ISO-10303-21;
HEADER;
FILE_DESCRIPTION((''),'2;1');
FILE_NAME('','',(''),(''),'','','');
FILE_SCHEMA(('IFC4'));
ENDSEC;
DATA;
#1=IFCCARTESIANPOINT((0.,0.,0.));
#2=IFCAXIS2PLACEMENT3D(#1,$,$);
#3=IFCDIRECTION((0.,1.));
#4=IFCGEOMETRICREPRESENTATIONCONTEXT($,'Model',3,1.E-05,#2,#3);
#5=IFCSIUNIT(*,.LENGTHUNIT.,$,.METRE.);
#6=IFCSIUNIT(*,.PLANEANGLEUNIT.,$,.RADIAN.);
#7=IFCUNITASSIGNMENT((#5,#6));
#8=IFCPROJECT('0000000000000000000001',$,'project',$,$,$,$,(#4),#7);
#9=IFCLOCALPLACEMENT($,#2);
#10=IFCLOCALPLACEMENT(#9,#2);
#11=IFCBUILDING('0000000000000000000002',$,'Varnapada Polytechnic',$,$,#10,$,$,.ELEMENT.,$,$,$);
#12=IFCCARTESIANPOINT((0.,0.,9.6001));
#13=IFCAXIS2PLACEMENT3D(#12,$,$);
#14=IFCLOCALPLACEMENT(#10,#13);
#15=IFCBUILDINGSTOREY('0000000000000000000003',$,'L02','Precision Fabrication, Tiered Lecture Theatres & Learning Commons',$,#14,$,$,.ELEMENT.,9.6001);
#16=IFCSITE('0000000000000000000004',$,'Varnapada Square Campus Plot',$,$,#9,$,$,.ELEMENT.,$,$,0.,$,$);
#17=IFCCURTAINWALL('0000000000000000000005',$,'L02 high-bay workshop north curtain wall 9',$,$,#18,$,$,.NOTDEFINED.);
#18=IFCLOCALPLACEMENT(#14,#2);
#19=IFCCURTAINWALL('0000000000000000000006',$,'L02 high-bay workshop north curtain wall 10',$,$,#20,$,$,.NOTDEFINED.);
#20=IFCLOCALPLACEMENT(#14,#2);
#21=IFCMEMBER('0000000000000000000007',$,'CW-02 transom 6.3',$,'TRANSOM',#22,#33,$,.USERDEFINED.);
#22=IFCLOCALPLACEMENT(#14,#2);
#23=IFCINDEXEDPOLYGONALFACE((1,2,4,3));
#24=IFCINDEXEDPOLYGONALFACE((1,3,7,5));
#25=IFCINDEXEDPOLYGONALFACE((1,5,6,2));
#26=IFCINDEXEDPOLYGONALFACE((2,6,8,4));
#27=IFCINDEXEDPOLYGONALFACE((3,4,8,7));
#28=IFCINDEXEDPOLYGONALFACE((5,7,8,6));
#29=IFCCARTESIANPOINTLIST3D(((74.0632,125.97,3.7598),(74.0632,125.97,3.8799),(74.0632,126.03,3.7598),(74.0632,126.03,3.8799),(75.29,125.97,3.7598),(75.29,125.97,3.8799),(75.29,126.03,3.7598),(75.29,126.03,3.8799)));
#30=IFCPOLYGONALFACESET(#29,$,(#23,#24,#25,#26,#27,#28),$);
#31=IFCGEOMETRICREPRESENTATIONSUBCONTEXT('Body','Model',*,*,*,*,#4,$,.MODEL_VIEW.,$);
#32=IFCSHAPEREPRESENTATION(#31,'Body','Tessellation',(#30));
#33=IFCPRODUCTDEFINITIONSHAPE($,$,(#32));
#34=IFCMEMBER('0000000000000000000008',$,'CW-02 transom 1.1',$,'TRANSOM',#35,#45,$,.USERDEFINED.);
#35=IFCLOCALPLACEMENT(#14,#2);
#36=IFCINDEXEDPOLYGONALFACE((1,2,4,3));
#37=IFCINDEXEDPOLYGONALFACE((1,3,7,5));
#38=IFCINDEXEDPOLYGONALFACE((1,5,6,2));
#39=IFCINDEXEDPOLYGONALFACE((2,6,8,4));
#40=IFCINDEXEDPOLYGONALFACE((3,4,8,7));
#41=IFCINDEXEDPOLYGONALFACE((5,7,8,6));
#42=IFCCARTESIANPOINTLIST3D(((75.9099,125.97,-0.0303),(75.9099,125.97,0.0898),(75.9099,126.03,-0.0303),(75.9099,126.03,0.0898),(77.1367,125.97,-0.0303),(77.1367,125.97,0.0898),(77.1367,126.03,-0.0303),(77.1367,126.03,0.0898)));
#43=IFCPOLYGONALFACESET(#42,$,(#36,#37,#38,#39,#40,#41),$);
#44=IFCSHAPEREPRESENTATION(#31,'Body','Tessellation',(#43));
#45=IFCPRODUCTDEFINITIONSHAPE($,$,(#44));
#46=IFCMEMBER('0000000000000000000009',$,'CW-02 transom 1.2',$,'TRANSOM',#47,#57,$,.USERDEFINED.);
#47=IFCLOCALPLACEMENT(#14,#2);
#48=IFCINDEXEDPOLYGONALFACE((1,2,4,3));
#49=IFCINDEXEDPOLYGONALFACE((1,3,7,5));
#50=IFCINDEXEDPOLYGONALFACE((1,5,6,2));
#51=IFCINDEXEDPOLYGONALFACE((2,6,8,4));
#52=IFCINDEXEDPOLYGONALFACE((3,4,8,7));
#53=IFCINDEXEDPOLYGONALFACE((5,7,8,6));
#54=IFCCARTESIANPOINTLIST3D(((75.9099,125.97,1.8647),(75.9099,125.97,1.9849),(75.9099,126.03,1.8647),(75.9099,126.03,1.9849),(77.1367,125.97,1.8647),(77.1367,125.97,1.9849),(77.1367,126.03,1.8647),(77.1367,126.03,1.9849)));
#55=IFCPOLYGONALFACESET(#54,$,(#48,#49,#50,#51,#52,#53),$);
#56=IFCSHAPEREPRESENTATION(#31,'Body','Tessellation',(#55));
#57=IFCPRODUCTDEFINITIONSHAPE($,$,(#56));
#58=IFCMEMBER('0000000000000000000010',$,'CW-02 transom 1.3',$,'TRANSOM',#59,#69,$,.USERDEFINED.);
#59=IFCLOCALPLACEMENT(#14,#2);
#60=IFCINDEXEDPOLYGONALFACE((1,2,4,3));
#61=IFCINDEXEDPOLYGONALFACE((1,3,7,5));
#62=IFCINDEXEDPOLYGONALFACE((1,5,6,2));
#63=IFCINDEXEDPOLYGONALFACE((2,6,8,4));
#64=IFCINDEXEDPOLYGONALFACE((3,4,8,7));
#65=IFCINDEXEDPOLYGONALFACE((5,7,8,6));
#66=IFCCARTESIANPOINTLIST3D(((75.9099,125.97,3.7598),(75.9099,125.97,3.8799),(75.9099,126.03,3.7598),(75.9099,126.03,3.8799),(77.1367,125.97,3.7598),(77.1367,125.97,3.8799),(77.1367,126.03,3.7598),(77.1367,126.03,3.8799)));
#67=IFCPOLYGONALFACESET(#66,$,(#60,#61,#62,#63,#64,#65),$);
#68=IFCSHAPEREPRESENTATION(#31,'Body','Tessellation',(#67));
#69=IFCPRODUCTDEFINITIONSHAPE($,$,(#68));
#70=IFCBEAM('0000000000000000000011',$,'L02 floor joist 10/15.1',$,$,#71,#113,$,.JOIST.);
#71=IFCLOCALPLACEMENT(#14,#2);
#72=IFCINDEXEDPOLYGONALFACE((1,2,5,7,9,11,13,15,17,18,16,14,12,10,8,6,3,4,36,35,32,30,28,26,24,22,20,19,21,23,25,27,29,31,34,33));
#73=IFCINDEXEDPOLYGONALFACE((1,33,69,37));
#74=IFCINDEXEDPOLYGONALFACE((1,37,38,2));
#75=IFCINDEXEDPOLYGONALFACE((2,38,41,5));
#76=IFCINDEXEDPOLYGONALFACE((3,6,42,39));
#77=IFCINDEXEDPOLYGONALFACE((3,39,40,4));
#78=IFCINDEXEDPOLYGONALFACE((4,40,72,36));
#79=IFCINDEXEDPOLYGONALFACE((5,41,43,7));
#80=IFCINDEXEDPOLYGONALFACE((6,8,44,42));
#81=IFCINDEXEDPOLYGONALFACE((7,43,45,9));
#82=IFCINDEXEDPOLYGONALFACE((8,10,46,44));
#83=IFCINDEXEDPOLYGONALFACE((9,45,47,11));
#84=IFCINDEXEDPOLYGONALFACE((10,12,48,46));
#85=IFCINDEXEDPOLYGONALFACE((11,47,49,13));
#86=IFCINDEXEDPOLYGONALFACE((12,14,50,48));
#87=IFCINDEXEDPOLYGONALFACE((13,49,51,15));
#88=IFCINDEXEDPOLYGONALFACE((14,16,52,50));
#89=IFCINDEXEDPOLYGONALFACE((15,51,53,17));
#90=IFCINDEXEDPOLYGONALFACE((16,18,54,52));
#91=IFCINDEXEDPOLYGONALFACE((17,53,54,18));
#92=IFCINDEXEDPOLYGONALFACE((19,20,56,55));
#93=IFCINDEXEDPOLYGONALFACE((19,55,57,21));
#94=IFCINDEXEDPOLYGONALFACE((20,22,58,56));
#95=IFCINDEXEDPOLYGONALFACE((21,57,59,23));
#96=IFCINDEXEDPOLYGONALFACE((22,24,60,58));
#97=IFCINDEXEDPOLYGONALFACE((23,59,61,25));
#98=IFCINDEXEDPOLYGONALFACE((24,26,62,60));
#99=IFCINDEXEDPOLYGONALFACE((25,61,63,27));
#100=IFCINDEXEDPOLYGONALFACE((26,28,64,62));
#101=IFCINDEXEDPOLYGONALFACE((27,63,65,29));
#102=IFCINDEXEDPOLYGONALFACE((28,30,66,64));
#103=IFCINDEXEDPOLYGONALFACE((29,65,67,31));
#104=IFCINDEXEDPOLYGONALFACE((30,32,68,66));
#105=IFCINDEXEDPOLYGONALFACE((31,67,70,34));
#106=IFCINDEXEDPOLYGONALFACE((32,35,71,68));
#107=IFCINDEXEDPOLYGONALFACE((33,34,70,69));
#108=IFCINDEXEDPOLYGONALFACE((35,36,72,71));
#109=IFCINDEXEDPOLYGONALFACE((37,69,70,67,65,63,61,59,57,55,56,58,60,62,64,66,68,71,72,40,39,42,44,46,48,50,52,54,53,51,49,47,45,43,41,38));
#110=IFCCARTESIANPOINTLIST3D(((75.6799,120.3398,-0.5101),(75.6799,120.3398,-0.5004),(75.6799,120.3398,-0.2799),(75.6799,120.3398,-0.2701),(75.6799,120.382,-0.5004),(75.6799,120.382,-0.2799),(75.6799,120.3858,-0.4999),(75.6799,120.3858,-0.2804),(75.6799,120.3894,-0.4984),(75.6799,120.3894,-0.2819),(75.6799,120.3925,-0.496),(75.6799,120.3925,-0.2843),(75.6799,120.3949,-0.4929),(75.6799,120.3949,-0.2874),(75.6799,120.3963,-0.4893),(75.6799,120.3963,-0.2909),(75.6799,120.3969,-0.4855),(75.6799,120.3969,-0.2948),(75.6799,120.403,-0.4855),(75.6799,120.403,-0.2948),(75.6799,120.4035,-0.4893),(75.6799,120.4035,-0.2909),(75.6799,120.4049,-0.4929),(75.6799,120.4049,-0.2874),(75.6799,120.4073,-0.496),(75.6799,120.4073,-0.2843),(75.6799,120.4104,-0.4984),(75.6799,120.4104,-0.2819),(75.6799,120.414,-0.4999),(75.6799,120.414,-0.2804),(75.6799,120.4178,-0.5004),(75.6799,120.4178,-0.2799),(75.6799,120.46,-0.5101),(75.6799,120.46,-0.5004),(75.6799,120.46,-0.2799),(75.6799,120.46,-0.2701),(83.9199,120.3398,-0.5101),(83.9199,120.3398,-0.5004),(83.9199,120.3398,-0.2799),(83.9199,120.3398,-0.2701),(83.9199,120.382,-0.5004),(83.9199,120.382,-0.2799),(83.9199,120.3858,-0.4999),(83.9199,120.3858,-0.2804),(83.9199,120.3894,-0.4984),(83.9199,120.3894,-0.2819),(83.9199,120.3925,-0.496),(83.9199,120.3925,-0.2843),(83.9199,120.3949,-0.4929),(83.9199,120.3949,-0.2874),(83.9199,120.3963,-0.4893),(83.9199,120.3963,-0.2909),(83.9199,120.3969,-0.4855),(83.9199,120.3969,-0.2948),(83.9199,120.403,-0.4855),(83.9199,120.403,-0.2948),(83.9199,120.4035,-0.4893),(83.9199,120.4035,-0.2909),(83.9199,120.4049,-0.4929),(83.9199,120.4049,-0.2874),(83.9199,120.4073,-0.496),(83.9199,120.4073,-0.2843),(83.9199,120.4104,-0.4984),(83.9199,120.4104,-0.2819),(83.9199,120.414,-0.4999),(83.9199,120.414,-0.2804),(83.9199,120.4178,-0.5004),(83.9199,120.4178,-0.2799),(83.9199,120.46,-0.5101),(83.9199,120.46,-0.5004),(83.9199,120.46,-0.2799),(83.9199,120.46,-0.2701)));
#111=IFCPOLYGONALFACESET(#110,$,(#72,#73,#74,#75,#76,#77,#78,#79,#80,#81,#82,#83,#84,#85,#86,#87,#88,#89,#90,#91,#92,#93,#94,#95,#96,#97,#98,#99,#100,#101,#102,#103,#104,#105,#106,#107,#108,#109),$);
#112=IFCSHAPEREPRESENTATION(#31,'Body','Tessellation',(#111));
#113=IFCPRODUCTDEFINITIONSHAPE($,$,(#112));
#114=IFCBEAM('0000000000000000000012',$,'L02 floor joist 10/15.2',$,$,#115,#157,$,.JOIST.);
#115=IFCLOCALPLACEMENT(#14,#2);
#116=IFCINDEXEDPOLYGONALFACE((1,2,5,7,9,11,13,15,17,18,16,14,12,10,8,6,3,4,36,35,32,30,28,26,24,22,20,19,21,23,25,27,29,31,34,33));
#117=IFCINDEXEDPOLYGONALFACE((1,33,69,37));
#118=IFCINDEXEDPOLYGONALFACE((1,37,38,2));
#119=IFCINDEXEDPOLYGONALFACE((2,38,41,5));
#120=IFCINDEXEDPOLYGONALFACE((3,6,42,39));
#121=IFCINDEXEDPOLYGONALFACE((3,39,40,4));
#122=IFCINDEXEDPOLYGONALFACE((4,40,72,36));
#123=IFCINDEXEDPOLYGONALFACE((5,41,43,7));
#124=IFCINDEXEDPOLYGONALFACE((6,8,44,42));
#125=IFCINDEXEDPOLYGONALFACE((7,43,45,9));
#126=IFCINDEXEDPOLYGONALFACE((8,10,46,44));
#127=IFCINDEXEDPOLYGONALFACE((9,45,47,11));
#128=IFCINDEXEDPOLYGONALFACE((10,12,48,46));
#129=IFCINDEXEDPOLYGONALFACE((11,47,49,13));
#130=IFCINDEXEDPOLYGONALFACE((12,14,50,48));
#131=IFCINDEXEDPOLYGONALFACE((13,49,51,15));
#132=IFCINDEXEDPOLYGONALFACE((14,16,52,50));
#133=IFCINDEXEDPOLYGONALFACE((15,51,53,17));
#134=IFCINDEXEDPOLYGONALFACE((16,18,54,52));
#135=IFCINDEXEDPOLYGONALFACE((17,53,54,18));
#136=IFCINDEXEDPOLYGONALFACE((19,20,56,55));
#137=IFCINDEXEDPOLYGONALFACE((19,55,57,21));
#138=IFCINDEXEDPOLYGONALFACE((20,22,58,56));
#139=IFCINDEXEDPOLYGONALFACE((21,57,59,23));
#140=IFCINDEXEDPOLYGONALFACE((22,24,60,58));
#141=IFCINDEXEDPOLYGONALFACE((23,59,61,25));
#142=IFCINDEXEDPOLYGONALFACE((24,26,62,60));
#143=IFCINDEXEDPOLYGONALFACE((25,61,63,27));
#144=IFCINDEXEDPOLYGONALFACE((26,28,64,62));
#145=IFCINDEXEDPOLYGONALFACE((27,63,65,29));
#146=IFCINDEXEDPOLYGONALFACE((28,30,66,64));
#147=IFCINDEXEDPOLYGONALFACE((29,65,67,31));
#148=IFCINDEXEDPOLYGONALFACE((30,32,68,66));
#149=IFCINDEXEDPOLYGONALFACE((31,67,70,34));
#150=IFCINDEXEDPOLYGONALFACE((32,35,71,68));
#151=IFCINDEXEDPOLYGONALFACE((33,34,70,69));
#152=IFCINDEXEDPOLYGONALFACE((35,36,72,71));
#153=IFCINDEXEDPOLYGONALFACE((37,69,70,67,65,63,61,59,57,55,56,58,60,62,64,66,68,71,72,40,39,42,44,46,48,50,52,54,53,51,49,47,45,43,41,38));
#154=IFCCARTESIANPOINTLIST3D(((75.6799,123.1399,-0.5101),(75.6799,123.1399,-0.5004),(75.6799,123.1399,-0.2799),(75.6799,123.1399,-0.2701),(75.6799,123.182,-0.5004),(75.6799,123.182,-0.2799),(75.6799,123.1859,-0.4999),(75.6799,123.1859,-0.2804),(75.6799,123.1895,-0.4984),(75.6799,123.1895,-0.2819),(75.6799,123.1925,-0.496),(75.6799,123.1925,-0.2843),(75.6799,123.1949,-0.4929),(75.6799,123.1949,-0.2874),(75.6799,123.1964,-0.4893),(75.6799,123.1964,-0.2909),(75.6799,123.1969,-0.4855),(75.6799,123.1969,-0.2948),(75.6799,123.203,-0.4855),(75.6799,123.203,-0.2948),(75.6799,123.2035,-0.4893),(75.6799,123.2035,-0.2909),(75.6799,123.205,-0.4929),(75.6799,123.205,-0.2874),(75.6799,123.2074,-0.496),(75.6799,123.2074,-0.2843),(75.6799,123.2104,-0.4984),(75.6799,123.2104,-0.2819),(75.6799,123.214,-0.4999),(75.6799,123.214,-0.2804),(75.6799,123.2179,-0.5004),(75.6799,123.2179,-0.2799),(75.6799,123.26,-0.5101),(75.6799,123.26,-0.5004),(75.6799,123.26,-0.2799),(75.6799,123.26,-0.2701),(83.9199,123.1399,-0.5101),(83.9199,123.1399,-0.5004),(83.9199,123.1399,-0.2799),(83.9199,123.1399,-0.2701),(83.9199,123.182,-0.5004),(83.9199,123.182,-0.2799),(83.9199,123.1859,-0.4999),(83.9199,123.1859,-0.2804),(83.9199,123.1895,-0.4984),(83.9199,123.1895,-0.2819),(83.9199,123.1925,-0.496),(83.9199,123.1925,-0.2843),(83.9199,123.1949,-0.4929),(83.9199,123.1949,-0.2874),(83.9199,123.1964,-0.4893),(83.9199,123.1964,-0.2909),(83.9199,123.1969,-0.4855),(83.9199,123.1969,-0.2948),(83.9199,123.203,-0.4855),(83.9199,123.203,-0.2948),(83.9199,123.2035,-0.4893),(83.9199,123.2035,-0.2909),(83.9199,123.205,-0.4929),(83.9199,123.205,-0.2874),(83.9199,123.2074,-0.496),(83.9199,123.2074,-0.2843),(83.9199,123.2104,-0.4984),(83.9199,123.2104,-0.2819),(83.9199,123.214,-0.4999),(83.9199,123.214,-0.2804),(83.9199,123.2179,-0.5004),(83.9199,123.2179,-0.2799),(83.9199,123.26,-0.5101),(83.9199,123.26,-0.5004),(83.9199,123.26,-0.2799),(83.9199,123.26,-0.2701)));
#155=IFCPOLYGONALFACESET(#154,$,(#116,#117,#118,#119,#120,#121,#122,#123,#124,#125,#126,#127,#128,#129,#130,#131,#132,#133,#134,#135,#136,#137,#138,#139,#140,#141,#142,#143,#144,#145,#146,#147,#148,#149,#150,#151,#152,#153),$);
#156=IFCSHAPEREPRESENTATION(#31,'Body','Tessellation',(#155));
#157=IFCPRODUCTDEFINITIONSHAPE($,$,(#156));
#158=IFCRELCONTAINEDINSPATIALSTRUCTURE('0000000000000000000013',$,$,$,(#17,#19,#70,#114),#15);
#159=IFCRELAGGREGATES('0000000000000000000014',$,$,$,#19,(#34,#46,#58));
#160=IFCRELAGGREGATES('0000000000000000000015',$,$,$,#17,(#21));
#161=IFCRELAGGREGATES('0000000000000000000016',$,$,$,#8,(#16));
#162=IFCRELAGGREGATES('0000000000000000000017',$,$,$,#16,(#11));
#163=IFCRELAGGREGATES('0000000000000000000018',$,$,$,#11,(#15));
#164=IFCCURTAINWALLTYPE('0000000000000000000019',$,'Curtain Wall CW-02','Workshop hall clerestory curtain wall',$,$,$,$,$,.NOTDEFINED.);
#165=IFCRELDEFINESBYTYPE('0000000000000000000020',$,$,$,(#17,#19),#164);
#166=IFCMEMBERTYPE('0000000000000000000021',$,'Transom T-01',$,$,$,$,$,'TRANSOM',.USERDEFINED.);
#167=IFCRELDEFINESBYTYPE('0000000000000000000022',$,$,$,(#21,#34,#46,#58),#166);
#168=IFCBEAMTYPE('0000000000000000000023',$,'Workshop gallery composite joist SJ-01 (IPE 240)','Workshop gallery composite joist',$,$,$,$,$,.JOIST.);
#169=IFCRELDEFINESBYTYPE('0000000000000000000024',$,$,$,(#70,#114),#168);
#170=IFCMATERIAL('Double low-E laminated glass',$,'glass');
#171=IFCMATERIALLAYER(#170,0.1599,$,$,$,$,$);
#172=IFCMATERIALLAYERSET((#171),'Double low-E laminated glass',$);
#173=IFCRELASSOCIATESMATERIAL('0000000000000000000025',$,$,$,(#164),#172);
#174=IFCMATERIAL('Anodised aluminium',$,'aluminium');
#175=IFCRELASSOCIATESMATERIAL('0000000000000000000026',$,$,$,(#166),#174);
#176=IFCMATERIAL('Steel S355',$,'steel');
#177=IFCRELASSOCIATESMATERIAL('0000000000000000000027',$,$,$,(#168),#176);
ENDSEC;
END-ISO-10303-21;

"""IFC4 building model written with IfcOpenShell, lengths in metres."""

from ifc_helpers import new_model, si_unit, direction, frame, origin, origin_2d, place, context, subcontext, project, spatial, rectangle, i_section, extrude, material, layer, layer_set, material_profile, profile_set, type_object, element, aggregate, save


model = new_model("IFC4")

# Units and contexts
model_context = context("Model", 3, precision=1e-05, world=origin(), true_north=direction((0.0, 1.0)))
body_context = subcontext(model_context, "Body", "Model", "MODEL_VIEW")
ifc_project = project(units=[si_unit("LENGTHUNIT", "METRE"), si_unit("PLANEANGLEUNIT", "RADIAN")], contexts=[model_context])

# Site, building, storey
site_placement = place(None, origin())
site = spatial("IfcSite", under=ifc_project, at=site_placement, Name="Varnapada Square Campus Plot", CompositionType="ELEMENT", RefElevation=0.0)
building_placement = place(site_placement, origin())
building = spatial("IfcBuilding", under=site, at=building_placement, Name="Varnapada Polytechnic", CompositionType="ELEMENT")
storey_placement = place(building_placement, frame((0.0, 0.0, 9.6001)))
storey = spatial("IfcBuildingStorey", under=building, at=storey_placement, Name="L02", Description="Precision Fabrication, Tiered Lecture Theatres & Learning Commons", CompositionType="ELEMENT", Elevation=9.6001)

# Shared definitions
ifc_material_1 = material(Name="Steel S355", Category="steel")

# Curtain wall
ifc_material_2 = material(Name="Double low-E laminated glass", Category="glass")
ifc_layer_1 = layer(ifc_material_2, 0.1599)
ifc_layer_set_1 = layer_set([ifc_layer_1], Name="Double low-E laminated glass")
curtain_wall_type = type_object("IfcCurtainWallType", Name="Curtain Wall CW-02", Description="Workshop hall clerestory curtain wall", PredefinedType="NOTDEFINED", material=ifc_layer_set_1)
curtain_wall_1_placement = place(storey_placement, origin())
curtain_wall_1 = element("IfcCurtainWall", 1, at=curtain_wall_1_placement, inside=storey, type_object=curtain_wall_type, Name="L02 high-bay workshop north curtain wall 9", PredefinedType="NOTDEFINED")
ifc_material_3 = material(Name="Anodised aluminium", Category="aluminium")

# Curtain wall
curtain_wall_2_placement = place(storey_placement, origin())
curtain_wall_2 = element("IfcCurtainWall", 2, at=curtain_wall_2_placement, inside=storey, type_object=curtain_wall_type, Name="L02 high-bay workshop north curtain wall 10", PredefinedType="NOTDEFINED")

# Members
ifc_material_profile_1 = material_profile(ifc_material_3, rectangle(XDim=0.0601, YDim=0.1201, at=origin_2d()), Name="ALU T60x120")
ifc_profile_set_1 = profile_set([ifc_material_profile_1], Name="Anodised aluminium")
member_type_1 = type_object("IfcMemberType", Name="Transom T-01", ElementType="TRANSOM", PredefinedType="USERDEFINED", material=ifc_profile_set_1)
member_1_placement = place(storey_placement, frame((74.0632, 126.0, 3.8198), z_axis=(1.0, 0.0, 0.0), x_axis=(0.0, 1.0, 0.0)))
member_1 = element("IfcMember", 3, at=member_1_placement, type_object=member_type_1, Name="CW-02 transom 6.3", ObjectType="TRANSOM", PredefinedType="USERDEFINED", context=body_context, shape_type="SweptSolid", body=[
    extrude(rectangle(XDim=0.0601, YDim=0.1201, at=origin_2d()), origin(), (0.0, 0.0, 1.0), 1.2268),
])
member_2_placement = place(storey_placement, frame((75.9099, 126.0, 0.0298), z_axis=(1.0, 0.0, 0.0), x_axis=(0.0, 1.0, 0.0)))
member_2 = element("IfcMember", 4, at=member_2_placement, type_object=member_type_1, Name="CW-02 transom 1.1", ObjectType="TRANSOM", PredefinedType="USERDEFINED", context=body_context, shape_type="SweptSolid", body=[
    extrude(rectangle(XDim=0.0601, YDim=0.1201, at=origin_2d()), origin(), (0.0, 0.0, 1.0), 1.2268),
])
member_3_placement = place(storey_placement, frame((75.9099, 126.0, 1.9248), z_axis=(1.0, 0.0, 0.0), x_axis=(0.0, 1.0, 0.0)))
member_3 = element("IfcMember", 5, at=member_3_placement, type_object=member_type_1, Name="CW-02 transom 1.2", ObjectType="TRANSOM", PredefinedType="USERDEFINED", context=body_context, shape_type="SweptSolid", body=[
    extrude(rectangle(XDim=0.0601, YDim=0.1201, at=origin_2d()), origin(), (0.0, 0.0, 1.0), 1.2268),
])
member_4_placement = place(storey_placement, frame((75.9099, 126.0, 3.8198), z_axis=(1.0, 0.0, 0.0), x_axis=(0.0, 1.0, 0.0)))
member_4 = element("IfcMember", 6, at=member_4_placement, type_object=member_type_1, Name="CW-02 transom 1.3", ObjectType="TRANSOM", PredefinedType="USERDEFINED", context=body_context, shape_type="SweptSolid", body=[
    extrude(rectangle(XDim=0.0601, YDim=0.1201, at=origin_2d()), origin(), (0.0, 0.0, 1.0), 1.2268),
])
aggregate(curtain_wall_2, [member_2, member_3, member_4])

# Beams
ifc_material_profile_2 = material_profile(ifc_material_1, i_section(OverallWidth=0.1201, OverallDepth=0.24, WebThickness=0.0061, FlangeThickness=0.0098, FilletRadius=0.0149, at=origin_2d()), Name="IPE 240")
ifc_profile_set_2 = profile_set([ifc_material_profile_2], Name="Steel S355")
beam_type_1 = type_object("IfcBeamType", Name="Workshop gallery composite joist SJ-01 (IPE 240)", Description="Workshop gallery composite joist", PredefinedType="JOIST", material=ifc_profile_set_2)
for number, where, z_axis, x_axis, name in (
    (7, (75.6799, 120.3999, -0.3901), (1.0, 0.0, 0.0), (0.0, 1.0, 0.0), "L02 floor joist 10/15.1"),
    (8, (75.6799, 123.2, -0.3901), (1.0, 0.0, 0.0), (0.0, 1.0, 0.0), "L02 floor joist 10/15.2"),
):
    element("IfcBeam", number, at=place(storey_placement, frame(where, z_axis=z_axis, x_axis=x_axis)), inside=storey, type_object=beam_type_1, Name=name, PredefinedType="JOIST", context=body_context, shape_type="SweptSolid", body=[
        extrude(i_section(OverallWidth=0.1201, OverallDepth=0.24, WebThickness=0.0061, FlangeThickness=0.0098, FilletRadius=0.0149, at=origin_2d()), origin(), (0.0, 0.0, 1.0), 8.24),
    ])

aggregate(curtain_wall_1, [member_1])

save(model, "model.ifc")
